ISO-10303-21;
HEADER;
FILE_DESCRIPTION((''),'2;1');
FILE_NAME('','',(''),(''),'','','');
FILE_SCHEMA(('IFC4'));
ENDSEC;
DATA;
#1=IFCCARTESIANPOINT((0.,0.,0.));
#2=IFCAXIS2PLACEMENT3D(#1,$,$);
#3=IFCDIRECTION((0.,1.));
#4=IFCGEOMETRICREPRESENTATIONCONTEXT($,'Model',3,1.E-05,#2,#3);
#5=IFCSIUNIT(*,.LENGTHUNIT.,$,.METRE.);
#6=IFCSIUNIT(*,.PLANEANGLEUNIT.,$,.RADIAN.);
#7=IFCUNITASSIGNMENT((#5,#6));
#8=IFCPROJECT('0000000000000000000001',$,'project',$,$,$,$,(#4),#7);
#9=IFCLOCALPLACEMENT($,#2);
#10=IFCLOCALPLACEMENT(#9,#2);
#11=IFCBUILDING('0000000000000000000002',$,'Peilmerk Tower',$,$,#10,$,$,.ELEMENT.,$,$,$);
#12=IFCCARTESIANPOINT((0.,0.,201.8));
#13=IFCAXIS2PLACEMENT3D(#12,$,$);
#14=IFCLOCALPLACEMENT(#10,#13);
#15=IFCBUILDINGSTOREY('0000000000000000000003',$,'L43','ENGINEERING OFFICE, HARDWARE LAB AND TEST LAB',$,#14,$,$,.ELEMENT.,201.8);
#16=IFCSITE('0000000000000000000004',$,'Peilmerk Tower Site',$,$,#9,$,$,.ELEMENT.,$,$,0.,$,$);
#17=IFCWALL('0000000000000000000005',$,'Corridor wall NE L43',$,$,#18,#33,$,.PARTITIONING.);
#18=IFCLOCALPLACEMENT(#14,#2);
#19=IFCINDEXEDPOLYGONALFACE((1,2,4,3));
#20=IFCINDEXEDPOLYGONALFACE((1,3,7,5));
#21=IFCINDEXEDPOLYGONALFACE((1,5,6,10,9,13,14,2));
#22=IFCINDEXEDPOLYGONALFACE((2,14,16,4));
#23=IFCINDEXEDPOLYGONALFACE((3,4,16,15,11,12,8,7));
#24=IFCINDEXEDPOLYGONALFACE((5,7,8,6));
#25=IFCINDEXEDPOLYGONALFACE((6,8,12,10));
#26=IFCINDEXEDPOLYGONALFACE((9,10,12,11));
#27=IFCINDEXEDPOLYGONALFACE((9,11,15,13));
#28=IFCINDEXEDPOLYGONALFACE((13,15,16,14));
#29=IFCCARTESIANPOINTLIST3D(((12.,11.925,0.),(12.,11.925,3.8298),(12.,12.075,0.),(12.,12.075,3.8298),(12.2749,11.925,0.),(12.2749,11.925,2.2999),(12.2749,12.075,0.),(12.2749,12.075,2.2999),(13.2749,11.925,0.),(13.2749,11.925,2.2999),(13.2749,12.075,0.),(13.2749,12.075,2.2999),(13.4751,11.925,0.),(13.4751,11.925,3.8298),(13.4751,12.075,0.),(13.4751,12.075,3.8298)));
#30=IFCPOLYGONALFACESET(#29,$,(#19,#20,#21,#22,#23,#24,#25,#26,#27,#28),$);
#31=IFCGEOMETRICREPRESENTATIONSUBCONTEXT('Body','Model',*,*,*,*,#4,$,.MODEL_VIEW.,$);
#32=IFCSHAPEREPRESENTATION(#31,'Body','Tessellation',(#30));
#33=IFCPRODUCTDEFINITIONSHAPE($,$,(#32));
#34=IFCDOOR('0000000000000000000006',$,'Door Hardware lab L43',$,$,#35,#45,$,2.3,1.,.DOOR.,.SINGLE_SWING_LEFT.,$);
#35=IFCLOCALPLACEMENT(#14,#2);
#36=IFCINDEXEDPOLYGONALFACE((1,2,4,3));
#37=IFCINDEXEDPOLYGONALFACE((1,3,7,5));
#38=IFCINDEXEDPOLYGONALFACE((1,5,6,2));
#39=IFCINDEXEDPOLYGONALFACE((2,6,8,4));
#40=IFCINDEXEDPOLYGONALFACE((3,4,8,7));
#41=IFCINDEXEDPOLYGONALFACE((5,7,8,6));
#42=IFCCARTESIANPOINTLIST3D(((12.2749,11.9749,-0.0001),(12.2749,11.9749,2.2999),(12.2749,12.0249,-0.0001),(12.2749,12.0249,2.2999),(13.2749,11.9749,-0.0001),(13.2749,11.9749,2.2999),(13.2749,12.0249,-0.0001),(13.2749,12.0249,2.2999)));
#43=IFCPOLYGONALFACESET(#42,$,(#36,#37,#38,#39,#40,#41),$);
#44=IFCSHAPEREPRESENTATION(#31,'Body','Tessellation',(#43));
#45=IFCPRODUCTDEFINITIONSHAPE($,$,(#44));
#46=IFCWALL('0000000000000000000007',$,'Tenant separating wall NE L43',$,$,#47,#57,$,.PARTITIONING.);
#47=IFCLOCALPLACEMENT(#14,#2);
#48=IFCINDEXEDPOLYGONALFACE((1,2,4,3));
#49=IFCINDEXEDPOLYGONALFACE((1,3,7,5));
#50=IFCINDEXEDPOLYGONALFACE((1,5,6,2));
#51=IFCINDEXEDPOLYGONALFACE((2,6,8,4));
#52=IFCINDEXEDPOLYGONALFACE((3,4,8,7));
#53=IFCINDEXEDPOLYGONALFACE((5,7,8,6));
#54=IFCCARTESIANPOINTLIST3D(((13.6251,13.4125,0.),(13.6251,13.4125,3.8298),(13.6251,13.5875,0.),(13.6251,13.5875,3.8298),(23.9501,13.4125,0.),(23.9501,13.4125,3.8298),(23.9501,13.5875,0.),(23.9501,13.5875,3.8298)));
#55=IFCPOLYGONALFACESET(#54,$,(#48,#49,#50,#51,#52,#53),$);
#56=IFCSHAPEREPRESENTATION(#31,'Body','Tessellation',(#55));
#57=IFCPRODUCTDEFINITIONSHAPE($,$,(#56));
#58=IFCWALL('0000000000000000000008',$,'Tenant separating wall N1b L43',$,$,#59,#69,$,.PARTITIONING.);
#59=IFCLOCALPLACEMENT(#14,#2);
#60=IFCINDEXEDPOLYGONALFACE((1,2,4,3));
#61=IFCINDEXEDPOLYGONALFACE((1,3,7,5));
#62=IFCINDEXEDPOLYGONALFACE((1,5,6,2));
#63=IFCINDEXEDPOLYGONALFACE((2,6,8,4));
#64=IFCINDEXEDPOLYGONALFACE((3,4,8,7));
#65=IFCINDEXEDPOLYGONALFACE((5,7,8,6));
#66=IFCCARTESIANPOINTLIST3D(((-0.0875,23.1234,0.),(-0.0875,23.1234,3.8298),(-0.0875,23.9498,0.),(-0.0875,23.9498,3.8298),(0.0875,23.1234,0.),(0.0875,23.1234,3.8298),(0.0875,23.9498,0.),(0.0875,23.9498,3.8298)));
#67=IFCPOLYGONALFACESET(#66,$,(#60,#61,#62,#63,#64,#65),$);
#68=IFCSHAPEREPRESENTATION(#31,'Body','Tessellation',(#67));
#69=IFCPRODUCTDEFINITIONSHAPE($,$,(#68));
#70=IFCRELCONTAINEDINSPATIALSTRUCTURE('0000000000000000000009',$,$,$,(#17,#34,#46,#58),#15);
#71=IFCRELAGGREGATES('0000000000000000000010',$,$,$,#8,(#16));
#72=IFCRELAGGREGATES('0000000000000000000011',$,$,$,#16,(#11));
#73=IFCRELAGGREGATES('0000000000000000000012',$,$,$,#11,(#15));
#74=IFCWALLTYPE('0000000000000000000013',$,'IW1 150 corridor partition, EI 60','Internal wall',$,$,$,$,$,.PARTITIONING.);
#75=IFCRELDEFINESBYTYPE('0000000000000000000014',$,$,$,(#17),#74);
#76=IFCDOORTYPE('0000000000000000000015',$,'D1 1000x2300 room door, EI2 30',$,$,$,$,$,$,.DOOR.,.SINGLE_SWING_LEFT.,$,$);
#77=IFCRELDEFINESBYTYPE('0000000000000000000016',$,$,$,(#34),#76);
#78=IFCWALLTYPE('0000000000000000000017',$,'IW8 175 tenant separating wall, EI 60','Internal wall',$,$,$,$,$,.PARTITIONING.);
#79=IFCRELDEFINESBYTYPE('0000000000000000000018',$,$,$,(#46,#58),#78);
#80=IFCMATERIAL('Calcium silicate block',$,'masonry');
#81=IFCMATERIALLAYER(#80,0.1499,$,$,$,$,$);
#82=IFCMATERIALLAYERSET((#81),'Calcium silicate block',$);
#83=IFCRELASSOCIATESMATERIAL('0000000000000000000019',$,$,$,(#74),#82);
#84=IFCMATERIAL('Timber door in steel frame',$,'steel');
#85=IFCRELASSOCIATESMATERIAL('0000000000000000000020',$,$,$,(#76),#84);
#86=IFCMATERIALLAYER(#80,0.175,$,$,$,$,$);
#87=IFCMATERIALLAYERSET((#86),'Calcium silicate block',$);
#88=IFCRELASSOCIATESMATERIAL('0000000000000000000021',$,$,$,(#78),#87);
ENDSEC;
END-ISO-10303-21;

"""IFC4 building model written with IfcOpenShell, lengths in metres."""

from ifc_helpers import new_model, si_unit, direction, frame, frame_2d, origin, place, context, subcontext, project, spatial, rectangle, extrude, material, layer, layer_set, type_object, element, fill, save


model = new_model("IFC4")

# Units and contexts
model_context = context("Model", 3, precision=1e-05, world=origin(), true_north=direction((0.0, 1.0)))
body_context = subcontext(model_context, "Body", "Model", "MODEL_VIEW")
ifc_project = project(units=[si_unit("LENGTHUNIT", "METRE"), si_unit("PLANEANGLEUNIT", "RADIAN")], contexts=[model_context])

# Site, building, storey
site_placement = place(None, origin())
site = spatial("IfcSite", under=ifc_project, at=site_placement, Name="Peilmerk Tower Site", CompositionType="ELEMENT", RefElevation=0.0)
building_placement = place(site_placement, origin())
building = spatial("IfcBuilding", under=site, at=building_placement, Name="Peilmerk Tower", CompositionType="ELEMENT")
storey_placement = place(building_placement, frame((0.0, 0.0, 201.8)))
storey = spatial("IfcBuildingStorey", under=building, at=storey_placement, Name="L43", Description="ENGINEERING OFFICE, HARDWARE LAB AND TEST LAB", CompositionType="ELEMENT", Elevation=201.8)

# Wall, opening, door
ifc_material_1 = material(Name="Calcium silicate block", Category="masonry")
ifc_layer_1 = layer(ifc_material_1, 0.1499)
ifc_layer_set_1 = layer_set([ifc_layer_1], Name="Calcium silicate block")
wall_type_1 = type_object("IfcWallType", Name="IW1 150 corridor partition, EI 60", Description="Internal wall", PredefinedType="PARTITIONING", material=ifc_layer_set_1)
wall_1_placement = place(storey_placement, frame((12.0, 12.0, 0.0), z_axis=(0.0, 0.0, 1.0), x_axis=(1.0, 0.0, 0.0)))
wall_1 = element("IfcWall", 1, at=wall_1_placement, inside=storey, type_object=wall_type_1, Name="Corridor wall NE L43", PredefinedType="PARTITIONING", context=body_context, shape_type="SweptSolid", body=[
    extrude(rectangle(XDim=1.4751, YDim=0.1499, at=frame_2d((0.7375, 0.0))), origin(), (0.0, 0.0, 1.0), 3.8298),
])
opening_placement = place(wall_1_placement, frame((0.2749, 0.0, 0.0)))
opening = element("IfcOpeningElement", 2, at=opening_placement, cuts=wall_1, PredefinedType="OPENING", context=body_context, shape_type="SweptSolid", body=[
    extrude(rectangle(XDim=1.0, YDim=2.3, at=frame_2d((0.5, 1.1499))), frame((0.0, 0.085, 0.0), z_axis=(0.0, -1.0, 0.0), x_axis=(1.0, 0.0, 0.0)), (0.0, 0.0, 1.0), 0.1699),
])
ifc_material_2 = material(Name="Timber door in steel frame", Category="steel")
door_type = type_object("IfcDoorType", Name="D1 1000x2300 room door, EI2 30", OperationType="SINGLE_SWING_LEFT", PredefinedType="DOOR", material=ifc_material_2)
door_placement = place(opening_placement, origin())
door = element("IfcDoor", 3, at=door_placement, inside=storey, type_object=door_type, Name="Door Hardware lab L43", OperationType="SINGLE_SWING_LEFT", OverallHeight=2.3, OverallWidth=1.0, PredefinedType="DOOR", context=body_context, shape_type="SweptSolid", body=[
    extrude(rectangle(XDim=1.0, YDim=2.3, at=frame_2d((0.5, 1.1499))), frame((0.0, 0.0249, 0.0), z_axis=(0.0, -1.0, 0.0), x_axis=(1.0, 0.0, 0.0)), (0.0, 0.0, 1.0), 0.05),
])
fill(opening, door)

# Walls
ifc_layer_2 = layer(ifc_material_1, 0.175)
ifc_layer_set_2 = layer_set([ifc_layer_2], Name="Calcium silicate block")
wall_type_2 = type_object("IfcWallType", Name="IW8 175 tenant separating wall, EI 60", Description="Internal wall", PredefinedType="PARTITIONING", material=ifc_layer_set_2)
wall_2_placement = place(storey_placement, frame((13.625, 13.5, 0.0), z_axis=(0.0, 0.0, 1.0), x_axis=(1.0, 0.0, 0.0)))
element("IfcWall", 4, at=wall_2_placement, inside=storey, type_object=wall_type_2, Name="Tenant separating wall NE L43", PredefinedType="PARTITIONING", context=body_context, shape_type="SweptSolid", body=[
    extrude(rectangle(XDim=10.325, YDim=0.175, at=frame_2d((5.1626, 0.0))), origin(), (0.0, 0.0, 1.0), 3.8298),
])
wall_3_placement = place(storey_placement, frame((0.0, 23.1235, 0.0), z_axis=(0.0, 0.0, 1.0), x_axis=(0.0, 1.0, 0.0)))
element("IfcWall", 5, at=wall_3_placement, inside=storey, type_object=wall_type_2, Name="Tenant separating wall N1b L43", PredefinedType="PARTITIONING", context=body_context, shape_type="SweptSolid", body=[
    extrude(rectangle(XDim=0.8264, YDim=0.175, at=frame_2d((0.4131, 0.0))), origin(), (0.0, 0.0, 1.0), 3.8298),
])

save(model, "model.ifc")
